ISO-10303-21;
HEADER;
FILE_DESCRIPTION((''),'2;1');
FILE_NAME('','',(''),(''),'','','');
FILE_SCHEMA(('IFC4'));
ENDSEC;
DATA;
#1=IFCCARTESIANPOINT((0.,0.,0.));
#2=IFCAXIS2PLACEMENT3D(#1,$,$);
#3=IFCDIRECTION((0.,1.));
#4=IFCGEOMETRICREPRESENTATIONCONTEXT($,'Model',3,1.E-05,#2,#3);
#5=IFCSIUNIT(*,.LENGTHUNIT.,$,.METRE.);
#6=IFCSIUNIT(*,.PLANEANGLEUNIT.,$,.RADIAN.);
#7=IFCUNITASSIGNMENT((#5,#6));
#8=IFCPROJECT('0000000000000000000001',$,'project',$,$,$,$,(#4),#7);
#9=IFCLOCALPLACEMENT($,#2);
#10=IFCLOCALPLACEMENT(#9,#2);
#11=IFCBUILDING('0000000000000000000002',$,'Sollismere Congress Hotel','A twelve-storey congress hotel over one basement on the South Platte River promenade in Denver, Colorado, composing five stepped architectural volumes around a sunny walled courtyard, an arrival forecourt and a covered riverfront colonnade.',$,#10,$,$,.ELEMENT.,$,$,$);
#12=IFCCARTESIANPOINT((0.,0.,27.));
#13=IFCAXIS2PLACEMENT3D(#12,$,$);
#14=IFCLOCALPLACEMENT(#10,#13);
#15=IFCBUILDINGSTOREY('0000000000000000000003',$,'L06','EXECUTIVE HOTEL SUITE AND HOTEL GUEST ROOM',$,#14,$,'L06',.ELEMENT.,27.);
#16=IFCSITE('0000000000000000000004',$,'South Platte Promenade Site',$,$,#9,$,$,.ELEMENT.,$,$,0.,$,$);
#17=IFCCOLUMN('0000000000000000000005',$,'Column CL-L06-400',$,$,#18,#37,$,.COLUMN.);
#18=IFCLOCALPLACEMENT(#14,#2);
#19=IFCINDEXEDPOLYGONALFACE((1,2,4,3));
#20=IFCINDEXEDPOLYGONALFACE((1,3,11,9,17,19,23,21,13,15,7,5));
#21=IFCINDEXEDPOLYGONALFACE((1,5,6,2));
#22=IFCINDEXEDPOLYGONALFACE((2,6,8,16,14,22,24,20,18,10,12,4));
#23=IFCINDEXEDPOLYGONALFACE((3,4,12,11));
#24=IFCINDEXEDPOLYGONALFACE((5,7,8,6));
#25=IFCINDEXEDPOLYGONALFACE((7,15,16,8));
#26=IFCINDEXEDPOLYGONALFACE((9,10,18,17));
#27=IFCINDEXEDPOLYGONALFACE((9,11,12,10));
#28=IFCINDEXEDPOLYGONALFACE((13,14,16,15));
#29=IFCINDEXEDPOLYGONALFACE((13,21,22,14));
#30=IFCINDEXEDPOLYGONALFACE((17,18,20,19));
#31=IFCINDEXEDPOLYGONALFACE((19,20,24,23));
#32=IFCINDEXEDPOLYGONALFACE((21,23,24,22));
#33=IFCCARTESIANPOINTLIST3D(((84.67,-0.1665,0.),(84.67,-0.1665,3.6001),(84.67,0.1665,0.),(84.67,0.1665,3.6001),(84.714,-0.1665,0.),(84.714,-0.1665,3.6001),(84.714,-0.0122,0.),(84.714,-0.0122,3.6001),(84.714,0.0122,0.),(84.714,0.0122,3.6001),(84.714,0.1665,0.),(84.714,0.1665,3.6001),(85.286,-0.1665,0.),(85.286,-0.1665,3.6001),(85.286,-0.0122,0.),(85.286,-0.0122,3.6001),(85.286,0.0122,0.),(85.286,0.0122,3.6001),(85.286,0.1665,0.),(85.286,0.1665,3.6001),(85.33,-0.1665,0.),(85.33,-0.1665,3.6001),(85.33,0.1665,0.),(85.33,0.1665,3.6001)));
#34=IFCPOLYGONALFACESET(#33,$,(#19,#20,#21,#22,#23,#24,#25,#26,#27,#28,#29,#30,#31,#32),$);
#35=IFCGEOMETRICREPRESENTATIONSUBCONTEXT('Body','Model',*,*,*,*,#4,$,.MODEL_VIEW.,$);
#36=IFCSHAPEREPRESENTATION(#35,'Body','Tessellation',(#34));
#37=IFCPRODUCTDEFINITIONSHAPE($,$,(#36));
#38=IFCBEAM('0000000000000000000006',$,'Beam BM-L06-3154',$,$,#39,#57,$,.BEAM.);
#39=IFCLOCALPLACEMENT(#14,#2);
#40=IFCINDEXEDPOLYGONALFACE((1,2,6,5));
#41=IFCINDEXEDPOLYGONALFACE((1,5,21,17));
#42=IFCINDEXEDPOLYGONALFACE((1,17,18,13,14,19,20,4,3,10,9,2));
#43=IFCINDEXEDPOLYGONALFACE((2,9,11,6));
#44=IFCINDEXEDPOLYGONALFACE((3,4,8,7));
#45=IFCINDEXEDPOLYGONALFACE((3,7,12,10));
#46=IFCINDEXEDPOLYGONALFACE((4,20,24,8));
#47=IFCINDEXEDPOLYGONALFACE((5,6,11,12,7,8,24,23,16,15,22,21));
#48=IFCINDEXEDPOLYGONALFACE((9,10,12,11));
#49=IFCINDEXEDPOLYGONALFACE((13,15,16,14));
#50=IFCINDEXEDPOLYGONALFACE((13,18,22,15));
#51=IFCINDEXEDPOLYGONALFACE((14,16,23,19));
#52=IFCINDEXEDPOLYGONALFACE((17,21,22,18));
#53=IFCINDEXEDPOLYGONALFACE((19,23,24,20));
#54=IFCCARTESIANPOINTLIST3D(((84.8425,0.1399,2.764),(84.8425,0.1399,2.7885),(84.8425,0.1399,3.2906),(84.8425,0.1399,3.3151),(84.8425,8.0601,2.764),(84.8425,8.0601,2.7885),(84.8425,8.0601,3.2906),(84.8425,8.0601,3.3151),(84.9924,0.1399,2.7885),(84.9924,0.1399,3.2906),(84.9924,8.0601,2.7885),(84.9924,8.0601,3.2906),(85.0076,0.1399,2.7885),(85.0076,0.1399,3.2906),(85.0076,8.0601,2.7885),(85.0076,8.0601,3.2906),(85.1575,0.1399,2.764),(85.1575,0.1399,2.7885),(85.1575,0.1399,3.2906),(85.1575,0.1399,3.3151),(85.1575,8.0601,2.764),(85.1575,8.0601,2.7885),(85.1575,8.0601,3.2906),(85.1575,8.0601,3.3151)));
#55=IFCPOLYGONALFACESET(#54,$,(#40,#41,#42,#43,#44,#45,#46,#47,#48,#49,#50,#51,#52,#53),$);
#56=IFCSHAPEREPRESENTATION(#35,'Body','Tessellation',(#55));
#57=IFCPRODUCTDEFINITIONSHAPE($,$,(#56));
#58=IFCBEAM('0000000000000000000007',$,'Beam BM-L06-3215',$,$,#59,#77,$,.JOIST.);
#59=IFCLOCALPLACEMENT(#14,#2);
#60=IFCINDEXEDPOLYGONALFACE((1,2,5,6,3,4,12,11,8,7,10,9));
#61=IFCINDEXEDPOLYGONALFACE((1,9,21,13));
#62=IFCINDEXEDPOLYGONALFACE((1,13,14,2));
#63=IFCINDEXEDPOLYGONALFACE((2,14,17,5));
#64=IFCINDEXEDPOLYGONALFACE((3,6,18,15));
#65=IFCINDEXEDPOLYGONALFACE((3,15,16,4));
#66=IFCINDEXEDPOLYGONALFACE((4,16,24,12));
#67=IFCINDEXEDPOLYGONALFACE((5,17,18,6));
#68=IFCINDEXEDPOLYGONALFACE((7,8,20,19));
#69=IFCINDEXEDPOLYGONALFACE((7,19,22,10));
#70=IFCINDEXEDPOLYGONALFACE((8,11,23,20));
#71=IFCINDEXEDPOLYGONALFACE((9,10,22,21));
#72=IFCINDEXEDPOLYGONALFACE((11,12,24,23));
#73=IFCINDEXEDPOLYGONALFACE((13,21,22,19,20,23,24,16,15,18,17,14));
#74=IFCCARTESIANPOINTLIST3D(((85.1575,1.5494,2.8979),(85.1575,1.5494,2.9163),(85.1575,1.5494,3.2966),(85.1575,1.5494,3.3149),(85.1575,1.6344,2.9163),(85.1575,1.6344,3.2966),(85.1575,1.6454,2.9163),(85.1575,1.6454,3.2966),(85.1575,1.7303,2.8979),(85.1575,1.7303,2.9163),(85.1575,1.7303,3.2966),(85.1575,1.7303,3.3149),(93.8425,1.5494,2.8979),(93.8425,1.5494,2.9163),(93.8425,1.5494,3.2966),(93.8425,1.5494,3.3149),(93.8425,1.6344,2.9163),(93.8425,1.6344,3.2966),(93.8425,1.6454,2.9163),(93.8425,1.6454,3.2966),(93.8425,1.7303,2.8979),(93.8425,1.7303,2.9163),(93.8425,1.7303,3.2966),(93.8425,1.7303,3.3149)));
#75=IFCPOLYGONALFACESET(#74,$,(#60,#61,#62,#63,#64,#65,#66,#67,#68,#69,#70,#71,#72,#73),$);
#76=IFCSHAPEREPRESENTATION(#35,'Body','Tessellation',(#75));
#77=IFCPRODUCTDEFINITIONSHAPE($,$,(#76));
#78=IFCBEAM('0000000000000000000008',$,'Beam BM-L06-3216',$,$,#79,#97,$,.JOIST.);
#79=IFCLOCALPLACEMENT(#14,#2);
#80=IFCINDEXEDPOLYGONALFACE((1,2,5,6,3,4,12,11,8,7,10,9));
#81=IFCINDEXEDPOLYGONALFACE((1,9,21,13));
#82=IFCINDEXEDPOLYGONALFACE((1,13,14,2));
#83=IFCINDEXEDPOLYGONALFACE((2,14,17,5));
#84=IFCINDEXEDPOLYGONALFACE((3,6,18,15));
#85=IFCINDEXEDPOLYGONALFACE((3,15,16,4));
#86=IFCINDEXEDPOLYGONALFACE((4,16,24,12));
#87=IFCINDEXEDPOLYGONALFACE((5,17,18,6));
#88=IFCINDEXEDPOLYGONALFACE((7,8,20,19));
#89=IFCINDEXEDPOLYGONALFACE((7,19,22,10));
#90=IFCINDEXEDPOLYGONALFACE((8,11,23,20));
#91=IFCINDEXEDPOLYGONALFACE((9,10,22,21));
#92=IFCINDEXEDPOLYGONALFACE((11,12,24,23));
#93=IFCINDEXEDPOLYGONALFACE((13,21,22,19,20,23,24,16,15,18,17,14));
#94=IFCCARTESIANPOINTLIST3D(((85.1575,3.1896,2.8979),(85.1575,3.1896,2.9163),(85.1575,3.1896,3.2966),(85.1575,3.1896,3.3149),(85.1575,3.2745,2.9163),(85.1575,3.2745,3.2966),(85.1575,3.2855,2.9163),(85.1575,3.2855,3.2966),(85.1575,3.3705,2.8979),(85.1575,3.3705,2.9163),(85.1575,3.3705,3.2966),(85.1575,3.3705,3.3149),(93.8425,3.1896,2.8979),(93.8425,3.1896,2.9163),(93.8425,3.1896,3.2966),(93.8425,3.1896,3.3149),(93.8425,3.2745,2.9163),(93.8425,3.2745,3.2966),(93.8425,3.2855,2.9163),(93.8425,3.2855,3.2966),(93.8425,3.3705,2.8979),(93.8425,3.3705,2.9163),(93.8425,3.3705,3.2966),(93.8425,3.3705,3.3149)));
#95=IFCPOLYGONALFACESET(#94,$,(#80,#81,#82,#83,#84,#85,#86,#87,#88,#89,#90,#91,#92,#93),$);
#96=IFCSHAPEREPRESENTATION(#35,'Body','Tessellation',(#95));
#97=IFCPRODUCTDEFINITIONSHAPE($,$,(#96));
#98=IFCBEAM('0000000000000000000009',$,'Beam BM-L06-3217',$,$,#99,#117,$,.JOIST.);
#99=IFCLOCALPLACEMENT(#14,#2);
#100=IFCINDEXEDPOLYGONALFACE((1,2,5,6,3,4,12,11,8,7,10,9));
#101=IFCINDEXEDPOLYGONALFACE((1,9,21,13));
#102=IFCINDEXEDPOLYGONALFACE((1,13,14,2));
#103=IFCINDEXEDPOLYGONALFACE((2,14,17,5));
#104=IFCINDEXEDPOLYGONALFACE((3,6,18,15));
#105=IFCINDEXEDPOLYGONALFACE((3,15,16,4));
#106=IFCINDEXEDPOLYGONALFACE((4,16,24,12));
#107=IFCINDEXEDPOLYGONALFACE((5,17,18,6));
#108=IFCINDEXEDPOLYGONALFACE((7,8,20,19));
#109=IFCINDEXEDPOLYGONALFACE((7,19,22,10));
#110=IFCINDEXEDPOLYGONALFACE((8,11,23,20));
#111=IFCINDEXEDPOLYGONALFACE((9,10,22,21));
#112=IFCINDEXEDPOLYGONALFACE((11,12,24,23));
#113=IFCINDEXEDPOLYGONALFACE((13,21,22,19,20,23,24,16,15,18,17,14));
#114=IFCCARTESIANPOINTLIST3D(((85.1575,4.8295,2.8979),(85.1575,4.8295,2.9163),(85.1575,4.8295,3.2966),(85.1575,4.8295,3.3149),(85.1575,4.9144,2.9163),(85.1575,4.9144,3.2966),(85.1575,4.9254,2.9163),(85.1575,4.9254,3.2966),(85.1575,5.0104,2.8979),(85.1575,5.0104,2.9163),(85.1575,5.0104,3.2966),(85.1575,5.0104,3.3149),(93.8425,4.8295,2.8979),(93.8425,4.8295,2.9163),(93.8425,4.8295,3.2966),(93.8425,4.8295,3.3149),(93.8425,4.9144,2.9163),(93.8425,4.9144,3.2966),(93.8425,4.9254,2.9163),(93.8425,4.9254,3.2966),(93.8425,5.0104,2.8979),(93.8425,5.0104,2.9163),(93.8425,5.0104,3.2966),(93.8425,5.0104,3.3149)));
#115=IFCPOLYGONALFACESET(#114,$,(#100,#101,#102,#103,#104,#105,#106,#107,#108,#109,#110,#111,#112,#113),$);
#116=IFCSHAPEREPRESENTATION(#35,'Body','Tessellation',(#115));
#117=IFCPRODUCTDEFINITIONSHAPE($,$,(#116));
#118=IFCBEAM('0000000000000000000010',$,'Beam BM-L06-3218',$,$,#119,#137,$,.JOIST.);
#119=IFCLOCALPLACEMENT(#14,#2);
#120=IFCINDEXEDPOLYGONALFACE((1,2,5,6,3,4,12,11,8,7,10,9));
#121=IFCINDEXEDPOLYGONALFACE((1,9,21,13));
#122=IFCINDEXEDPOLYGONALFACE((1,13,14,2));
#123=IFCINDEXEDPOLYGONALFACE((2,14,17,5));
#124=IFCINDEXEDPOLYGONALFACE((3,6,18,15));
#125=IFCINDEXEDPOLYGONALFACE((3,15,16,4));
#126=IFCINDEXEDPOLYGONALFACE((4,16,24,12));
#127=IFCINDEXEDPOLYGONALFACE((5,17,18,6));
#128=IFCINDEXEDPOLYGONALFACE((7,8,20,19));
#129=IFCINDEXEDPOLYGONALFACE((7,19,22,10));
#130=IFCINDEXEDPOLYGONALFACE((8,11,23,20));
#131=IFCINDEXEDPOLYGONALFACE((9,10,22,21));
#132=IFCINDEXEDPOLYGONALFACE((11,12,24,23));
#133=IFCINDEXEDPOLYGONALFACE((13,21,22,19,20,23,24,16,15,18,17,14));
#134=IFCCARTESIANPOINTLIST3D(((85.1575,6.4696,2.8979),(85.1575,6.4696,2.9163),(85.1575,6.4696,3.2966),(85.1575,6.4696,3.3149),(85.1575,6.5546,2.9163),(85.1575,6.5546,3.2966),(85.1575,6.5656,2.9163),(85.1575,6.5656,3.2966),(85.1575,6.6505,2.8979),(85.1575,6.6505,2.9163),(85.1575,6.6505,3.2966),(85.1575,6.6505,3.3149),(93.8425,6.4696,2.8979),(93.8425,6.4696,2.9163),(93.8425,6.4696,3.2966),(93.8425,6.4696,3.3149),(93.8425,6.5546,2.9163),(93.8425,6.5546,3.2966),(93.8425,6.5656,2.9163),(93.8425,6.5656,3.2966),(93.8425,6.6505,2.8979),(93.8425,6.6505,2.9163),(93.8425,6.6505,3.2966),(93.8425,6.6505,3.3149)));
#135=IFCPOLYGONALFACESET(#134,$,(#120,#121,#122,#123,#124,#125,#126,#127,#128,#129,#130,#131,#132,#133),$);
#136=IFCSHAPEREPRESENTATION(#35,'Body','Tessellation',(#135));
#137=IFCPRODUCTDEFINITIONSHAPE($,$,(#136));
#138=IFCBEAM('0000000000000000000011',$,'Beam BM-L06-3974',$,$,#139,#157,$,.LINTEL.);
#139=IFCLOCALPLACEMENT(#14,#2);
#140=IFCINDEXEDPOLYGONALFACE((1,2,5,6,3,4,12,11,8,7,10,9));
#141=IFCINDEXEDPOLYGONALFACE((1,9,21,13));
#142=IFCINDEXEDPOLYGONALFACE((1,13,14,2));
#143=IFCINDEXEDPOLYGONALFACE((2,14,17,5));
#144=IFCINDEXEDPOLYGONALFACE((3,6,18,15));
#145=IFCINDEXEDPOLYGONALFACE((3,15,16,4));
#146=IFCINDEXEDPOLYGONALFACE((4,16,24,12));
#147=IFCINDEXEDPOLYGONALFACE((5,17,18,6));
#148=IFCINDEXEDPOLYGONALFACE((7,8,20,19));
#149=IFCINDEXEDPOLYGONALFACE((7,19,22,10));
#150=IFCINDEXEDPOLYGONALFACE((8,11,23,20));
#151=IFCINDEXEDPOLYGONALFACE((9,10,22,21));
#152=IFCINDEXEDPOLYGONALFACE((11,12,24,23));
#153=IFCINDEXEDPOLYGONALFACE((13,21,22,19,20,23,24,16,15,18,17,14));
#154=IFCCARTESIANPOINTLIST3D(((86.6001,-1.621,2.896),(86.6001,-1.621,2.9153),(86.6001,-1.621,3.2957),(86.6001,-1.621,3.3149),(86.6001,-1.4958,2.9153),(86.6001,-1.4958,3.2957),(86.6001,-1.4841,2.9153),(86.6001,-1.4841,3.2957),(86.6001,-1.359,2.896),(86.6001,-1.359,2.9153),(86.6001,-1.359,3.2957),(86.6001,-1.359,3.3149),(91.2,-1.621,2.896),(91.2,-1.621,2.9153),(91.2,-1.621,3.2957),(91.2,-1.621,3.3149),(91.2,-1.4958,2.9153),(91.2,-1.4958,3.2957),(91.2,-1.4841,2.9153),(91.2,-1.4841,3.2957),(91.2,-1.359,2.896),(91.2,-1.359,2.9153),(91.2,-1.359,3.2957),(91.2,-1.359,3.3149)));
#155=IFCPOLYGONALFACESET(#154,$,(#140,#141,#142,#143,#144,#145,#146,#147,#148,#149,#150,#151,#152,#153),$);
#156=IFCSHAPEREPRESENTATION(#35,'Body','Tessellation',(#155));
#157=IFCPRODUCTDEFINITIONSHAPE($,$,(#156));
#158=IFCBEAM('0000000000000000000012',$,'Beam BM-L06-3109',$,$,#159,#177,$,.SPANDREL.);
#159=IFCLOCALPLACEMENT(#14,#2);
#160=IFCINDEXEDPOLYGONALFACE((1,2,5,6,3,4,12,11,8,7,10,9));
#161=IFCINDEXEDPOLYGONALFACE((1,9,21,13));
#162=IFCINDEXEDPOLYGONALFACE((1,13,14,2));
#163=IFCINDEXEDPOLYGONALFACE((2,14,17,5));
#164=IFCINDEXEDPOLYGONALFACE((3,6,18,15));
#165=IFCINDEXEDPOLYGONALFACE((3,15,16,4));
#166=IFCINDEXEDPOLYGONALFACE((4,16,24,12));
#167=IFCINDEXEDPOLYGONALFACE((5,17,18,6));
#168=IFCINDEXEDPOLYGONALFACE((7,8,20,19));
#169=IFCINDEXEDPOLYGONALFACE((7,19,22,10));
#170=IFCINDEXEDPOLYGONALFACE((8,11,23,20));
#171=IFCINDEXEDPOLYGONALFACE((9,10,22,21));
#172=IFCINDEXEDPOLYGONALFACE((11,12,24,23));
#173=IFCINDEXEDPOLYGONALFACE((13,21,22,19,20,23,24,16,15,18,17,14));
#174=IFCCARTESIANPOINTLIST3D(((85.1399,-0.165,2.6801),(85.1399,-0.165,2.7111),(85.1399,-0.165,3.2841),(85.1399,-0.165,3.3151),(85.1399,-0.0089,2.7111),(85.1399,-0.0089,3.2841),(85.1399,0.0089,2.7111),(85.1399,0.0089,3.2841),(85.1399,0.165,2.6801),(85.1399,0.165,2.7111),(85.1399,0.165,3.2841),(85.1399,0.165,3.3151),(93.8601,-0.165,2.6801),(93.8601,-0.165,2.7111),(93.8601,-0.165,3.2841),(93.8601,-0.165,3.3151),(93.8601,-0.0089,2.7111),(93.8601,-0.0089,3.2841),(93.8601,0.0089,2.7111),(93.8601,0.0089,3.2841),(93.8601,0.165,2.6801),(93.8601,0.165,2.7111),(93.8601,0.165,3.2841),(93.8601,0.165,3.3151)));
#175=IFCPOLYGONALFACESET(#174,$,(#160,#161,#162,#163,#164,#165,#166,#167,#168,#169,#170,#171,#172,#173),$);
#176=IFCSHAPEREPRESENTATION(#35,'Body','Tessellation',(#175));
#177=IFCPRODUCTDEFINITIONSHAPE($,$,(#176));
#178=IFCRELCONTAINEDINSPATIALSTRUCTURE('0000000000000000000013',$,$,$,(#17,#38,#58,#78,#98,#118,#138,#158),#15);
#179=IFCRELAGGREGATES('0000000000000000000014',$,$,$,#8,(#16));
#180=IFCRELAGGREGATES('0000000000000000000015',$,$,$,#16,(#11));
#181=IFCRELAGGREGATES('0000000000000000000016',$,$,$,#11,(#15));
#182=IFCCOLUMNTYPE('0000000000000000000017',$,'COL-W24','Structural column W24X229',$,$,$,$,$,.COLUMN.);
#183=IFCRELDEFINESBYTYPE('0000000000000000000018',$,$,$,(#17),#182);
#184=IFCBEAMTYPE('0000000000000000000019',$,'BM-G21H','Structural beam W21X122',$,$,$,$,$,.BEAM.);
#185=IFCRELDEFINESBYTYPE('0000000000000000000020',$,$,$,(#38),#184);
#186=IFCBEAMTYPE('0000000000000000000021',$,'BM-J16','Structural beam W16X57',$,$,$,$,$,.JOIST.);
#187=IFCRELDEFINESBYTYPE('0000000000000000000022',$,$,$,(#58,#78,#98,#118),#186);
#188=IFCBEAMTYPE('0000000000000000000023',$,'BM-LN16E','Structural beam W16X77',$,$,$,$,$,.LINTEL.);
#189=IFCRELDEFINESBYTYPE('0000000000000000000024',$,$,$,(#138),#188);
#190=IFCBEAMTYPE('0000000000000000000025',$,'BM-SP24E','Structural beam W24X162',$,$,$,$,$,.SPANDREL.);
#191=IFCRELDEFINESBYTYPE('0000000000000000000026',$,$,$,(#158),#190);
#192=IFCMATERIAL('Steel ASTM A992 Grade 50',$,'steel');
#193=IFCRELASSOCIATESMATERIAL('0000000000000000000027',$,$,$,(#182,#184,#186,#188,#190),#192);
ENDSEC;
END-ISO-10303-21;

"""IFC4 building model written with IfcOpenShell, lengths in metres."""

from ifc_helpers import new_model, si_unit, direction, frame, origin, origin_2d, place, context, subcontext, project, spatial, i_section, extrude, material, material_profile, profile_set, type_object, element, save


model = new_model("IFC4")

# Units and contexts
model_context = context("Model", 3, precision=1e-05, world=origin(), true_north=direction((0.0, 1.0)))
body_context = subcontext(model_context, "Body", "Model", "MODEL_VIEW")
ifc_project = project(units=[si_unit("LENGTHUNIT", "METRE"), si_unit("PLANEANGLEUNIT", "RADIAN")], contexts=[model_context])

# Site, building, storey
site_placement = place(None, origin())
site = spatial("IfcSite", under=ifc_project, at=site_placement, Name="South Platte Promenade Site", CompositionType="ELEMENT", RefElevation=0.0)
building_placement = place(site_placement, origin())
building = spatial("IfcBuilding", under=site, at=building_placement, Name="Sollismere Congress Hotel", Description="A twelve-storey congress hotel over one basement on the South Platte River promenade in Denver, Colorado, composing five stepped architectural volumes around a sunny walled courtyard, an arrival forecourt and a covered riverfront colonnade.", CompositionType="ELEMENT")
storey_placement = place(building_placement, frame((0.0, 0.0, 27.0)))
storey = spatial("IfcBuildingStorey", under=building, at=storey_placement, Name="L06", Description="EXECUTIVE HOTEL SUITE AND HOTEL GUEST ROOM", LongName="L06", CompositionType="ELEMENT", Elevation=27.0)

# Column
ifc_material_1 = material(Name="Steel ASTM A992 Grade 50", Category="steel")
ifc_material_profile_1 = material_profile(ifc_material_1, i_section(OverallWidth=0.333, OverallDepth=0.6599, WebThickness=0.0244, FlangeThickness=0.0439, at=origin_2d()), Name="W24X229")
ifc_profile_set_1 = profile_set([ifc_material_profile_1], Name="Steel ASTM A992 Grade 50")
column_type = type_object("IfcColumnType", Name="COL-W24", Description="Structural column W24X229", PredefinedType="COLUMN", material=ifc_profile_set_1)
column_placement = place(storey_placement, frame((85.0, 0.0, 0.0), z_axis=(0.0, 0.0, 1.0), x_axis=(0.0, 1.0, 0.0)))
element("IfcColumn", 1, at=column_placement, inside=storey, type_object=column_type, Name="Column CL-L06-400", PredefinedType="COLUMN", context=body_context, shape_type="SweptSolid", body=[
    extrude(i_section(OverallWidth=0.333, OverallDepth=0.6599, WebThickness=0.0244, FlangeThickness=0.0439, at=origin_2d()), origin(), (0.0, 0.0, 1.0), 3.6001),
])

# Beams
ifc_material_profile_2 = material_profile(ifc_material_1, i_section(OverallWidth=0.3149, OverallDepth=0.551, WebThickness=0.0151, FlangeThickness=0.0244, at=origin_2d()), Name="W21X122")
ifc_profile_set_2 = profile_set([ifc_material_profile_2], Name="Steel ASTM A992 Grade 50")
beam_type_1 = type_object("IfcBeamType", Name="BM-G21H", Description="Structural beam W21X122", PredefinedType="BEAM", material=ifc_profile_set_2)
beam_1_placement = place(storey_placement, frame((85.0, 0.1399, 3.0396), z_axis=(0.0, 1.0, 0.0), x_axis=(-1.0, 0.0, 0.0)))
element("IfcBeam", 2, at=beam_1_placement, inside=storey, type_object=beam_type_1, Name="Beam BM-L06-3154", PredefinedType="BEAM", context=body_context, shape_type="SweptSolid", body=[
    extrude(i_section(OverallWidth=0.3149, OverallDepth=0.551, WebThickness=0.0151, FlangeThickness=0.0244, at=origin_2d()), origin(), (0.0, 0.0, 1.0), 7.9202),
])
ifc_material_profile_3 = material_profile(ifc_material_1, i_section(OverallWidth=0.1809, OverallDepth=0.417, WebThickness=0.011, FlangeThickness=0.0183, at=origin_2d()), Name="W16X57")
ifc_profile_set_3 = profile_set([ifc_material_profile_3], Name="Steel ASTM A992 Grade 50")
beam_type_2 = type_object("IfcBeamType", Name="BM-J16", Description="Structural beam W16X57", PredefinedType="JOIST", material=ifc_profile_set_3)
for number, where, z_axis, x_axis, name in (
    (3, (85.1575, 1.6399, 3.1064), (1.0, 0.0, 0.0), (0.0, 1.0, 0.0), "Beam BM-L06-3215"),
    (4, (85.1575, 3.28, 3.1064), (1.0, 0.0, 0.0), (0.0, 1.0, 0.0), "Beam BM-L06-3216"),
    (5, (85.1575, 4.9199, 3.1064), (1.0, 0.0, 0.0), (0.0, 1.0, 0.0), "Beam BM-L06-3217"),
    (6, (85.1575, 6.5601, 3.1064), (1.0, 0.0, 0.0), (0.0, 1.0, 0.0), "Beam BM-L06-3218"),
):
    element("IfcBeam", number, at=place(storey_placement, frame(where, z_axis=z_axis, x_axis=x_axis)), inside=storey, type_object=beam_type_2, Name=name, PredefinedType="JOIST", context=body_context, shape_type="SweptSolid", body=[
        extrude(i_section(OverallWidth=0.1809, OverallDepth=0.417, WebThickness=0.011, FlangeThickness=0.0183, at=origin_2d()), origin(), (0.0, 0.0, 1.0), 8.6851),
    ])
ifc_material_profile_4 = material_profile(ifc_material_1, i_section(OverallWidth=0.262, OverallDepth=0.4189, WebThickness=0.0117, FlangeThickness=0.0193, at=origin_2d()), Name="W16X77")
ifc_profile_set_4 = profile_set([ifc_material_profile_4], Name="Steel ASTM A992 Grade 50")
beam_type_3 = type_object("IfcBeamType", Name="BM-LN16E", Description="Structural beam W16X77", PredefinedType="LINTEL", material=ifc_profile_set_4)
beam_2_placement = place(storey_placement, frame((86.6001, -1.49, 3.1055), z_axis=(1.0, 0.0, 0.0), x_axis=(0.0, 1.0, 0.0)))
element("IfcBeam", 7, at=beam_2_placement, inside=storey, type_object=beam_type_3, Name="Beam BM-L06-3974", PredefinedType="LINTEL", context=body_context, shape_type="SweptSolid", body=[
    extrude(i_section(OverallWidth=0.262, OverallDepth=0.4189, WebThickness=0.0117, FlangeThickness=0.0193, at=origin_2d()), origin(), (0.0, 0.0, 1.0), 4.5999),
])
ifc_material_profile_5 = material_profile(ifc_material_1, i_section(OverallWidth=0.3301, OverallDepth=0.635, WebThickness=0.0178, FlangeThickness=0.031, at=origin_2d()), Name="W24X162")
ifc_profile_set_5 = profile_set([ifc_material_profile_5], Name="Steel ASTM A992 Grade 50")
beam_type_4 = type_object("IfcBeamType", Name="BM-SP24E", Description="Structural beam W24X162", PredefinedType="SPANDREL", material=ifc_profile_set_5)
beam_3_placement = place(storey_placement, frame((85.1399, 0.0, 2.9976), z_axis=(1.0, 0.0, 0.0), x_axis=(0.0, 1.0, 0.0)))
element("IfcBeam", 8, at=beam_3_placement, inside=storey, type_object=beam_type_4, Name="Beam BM-L06-3109", PredefinedType="SPANDREL", context=body_context, shape_type="SweptSolid", body=[
    extrude(i_section(OverallWidth=0.3301, OverallDepth=0.635, WebThickness=0.0178, FlangeThickness=0.031, at=origin_2d()), origin(), (0.0, 0.0, 1.0), 8.7202),
])

save(model, "model.ifc")
